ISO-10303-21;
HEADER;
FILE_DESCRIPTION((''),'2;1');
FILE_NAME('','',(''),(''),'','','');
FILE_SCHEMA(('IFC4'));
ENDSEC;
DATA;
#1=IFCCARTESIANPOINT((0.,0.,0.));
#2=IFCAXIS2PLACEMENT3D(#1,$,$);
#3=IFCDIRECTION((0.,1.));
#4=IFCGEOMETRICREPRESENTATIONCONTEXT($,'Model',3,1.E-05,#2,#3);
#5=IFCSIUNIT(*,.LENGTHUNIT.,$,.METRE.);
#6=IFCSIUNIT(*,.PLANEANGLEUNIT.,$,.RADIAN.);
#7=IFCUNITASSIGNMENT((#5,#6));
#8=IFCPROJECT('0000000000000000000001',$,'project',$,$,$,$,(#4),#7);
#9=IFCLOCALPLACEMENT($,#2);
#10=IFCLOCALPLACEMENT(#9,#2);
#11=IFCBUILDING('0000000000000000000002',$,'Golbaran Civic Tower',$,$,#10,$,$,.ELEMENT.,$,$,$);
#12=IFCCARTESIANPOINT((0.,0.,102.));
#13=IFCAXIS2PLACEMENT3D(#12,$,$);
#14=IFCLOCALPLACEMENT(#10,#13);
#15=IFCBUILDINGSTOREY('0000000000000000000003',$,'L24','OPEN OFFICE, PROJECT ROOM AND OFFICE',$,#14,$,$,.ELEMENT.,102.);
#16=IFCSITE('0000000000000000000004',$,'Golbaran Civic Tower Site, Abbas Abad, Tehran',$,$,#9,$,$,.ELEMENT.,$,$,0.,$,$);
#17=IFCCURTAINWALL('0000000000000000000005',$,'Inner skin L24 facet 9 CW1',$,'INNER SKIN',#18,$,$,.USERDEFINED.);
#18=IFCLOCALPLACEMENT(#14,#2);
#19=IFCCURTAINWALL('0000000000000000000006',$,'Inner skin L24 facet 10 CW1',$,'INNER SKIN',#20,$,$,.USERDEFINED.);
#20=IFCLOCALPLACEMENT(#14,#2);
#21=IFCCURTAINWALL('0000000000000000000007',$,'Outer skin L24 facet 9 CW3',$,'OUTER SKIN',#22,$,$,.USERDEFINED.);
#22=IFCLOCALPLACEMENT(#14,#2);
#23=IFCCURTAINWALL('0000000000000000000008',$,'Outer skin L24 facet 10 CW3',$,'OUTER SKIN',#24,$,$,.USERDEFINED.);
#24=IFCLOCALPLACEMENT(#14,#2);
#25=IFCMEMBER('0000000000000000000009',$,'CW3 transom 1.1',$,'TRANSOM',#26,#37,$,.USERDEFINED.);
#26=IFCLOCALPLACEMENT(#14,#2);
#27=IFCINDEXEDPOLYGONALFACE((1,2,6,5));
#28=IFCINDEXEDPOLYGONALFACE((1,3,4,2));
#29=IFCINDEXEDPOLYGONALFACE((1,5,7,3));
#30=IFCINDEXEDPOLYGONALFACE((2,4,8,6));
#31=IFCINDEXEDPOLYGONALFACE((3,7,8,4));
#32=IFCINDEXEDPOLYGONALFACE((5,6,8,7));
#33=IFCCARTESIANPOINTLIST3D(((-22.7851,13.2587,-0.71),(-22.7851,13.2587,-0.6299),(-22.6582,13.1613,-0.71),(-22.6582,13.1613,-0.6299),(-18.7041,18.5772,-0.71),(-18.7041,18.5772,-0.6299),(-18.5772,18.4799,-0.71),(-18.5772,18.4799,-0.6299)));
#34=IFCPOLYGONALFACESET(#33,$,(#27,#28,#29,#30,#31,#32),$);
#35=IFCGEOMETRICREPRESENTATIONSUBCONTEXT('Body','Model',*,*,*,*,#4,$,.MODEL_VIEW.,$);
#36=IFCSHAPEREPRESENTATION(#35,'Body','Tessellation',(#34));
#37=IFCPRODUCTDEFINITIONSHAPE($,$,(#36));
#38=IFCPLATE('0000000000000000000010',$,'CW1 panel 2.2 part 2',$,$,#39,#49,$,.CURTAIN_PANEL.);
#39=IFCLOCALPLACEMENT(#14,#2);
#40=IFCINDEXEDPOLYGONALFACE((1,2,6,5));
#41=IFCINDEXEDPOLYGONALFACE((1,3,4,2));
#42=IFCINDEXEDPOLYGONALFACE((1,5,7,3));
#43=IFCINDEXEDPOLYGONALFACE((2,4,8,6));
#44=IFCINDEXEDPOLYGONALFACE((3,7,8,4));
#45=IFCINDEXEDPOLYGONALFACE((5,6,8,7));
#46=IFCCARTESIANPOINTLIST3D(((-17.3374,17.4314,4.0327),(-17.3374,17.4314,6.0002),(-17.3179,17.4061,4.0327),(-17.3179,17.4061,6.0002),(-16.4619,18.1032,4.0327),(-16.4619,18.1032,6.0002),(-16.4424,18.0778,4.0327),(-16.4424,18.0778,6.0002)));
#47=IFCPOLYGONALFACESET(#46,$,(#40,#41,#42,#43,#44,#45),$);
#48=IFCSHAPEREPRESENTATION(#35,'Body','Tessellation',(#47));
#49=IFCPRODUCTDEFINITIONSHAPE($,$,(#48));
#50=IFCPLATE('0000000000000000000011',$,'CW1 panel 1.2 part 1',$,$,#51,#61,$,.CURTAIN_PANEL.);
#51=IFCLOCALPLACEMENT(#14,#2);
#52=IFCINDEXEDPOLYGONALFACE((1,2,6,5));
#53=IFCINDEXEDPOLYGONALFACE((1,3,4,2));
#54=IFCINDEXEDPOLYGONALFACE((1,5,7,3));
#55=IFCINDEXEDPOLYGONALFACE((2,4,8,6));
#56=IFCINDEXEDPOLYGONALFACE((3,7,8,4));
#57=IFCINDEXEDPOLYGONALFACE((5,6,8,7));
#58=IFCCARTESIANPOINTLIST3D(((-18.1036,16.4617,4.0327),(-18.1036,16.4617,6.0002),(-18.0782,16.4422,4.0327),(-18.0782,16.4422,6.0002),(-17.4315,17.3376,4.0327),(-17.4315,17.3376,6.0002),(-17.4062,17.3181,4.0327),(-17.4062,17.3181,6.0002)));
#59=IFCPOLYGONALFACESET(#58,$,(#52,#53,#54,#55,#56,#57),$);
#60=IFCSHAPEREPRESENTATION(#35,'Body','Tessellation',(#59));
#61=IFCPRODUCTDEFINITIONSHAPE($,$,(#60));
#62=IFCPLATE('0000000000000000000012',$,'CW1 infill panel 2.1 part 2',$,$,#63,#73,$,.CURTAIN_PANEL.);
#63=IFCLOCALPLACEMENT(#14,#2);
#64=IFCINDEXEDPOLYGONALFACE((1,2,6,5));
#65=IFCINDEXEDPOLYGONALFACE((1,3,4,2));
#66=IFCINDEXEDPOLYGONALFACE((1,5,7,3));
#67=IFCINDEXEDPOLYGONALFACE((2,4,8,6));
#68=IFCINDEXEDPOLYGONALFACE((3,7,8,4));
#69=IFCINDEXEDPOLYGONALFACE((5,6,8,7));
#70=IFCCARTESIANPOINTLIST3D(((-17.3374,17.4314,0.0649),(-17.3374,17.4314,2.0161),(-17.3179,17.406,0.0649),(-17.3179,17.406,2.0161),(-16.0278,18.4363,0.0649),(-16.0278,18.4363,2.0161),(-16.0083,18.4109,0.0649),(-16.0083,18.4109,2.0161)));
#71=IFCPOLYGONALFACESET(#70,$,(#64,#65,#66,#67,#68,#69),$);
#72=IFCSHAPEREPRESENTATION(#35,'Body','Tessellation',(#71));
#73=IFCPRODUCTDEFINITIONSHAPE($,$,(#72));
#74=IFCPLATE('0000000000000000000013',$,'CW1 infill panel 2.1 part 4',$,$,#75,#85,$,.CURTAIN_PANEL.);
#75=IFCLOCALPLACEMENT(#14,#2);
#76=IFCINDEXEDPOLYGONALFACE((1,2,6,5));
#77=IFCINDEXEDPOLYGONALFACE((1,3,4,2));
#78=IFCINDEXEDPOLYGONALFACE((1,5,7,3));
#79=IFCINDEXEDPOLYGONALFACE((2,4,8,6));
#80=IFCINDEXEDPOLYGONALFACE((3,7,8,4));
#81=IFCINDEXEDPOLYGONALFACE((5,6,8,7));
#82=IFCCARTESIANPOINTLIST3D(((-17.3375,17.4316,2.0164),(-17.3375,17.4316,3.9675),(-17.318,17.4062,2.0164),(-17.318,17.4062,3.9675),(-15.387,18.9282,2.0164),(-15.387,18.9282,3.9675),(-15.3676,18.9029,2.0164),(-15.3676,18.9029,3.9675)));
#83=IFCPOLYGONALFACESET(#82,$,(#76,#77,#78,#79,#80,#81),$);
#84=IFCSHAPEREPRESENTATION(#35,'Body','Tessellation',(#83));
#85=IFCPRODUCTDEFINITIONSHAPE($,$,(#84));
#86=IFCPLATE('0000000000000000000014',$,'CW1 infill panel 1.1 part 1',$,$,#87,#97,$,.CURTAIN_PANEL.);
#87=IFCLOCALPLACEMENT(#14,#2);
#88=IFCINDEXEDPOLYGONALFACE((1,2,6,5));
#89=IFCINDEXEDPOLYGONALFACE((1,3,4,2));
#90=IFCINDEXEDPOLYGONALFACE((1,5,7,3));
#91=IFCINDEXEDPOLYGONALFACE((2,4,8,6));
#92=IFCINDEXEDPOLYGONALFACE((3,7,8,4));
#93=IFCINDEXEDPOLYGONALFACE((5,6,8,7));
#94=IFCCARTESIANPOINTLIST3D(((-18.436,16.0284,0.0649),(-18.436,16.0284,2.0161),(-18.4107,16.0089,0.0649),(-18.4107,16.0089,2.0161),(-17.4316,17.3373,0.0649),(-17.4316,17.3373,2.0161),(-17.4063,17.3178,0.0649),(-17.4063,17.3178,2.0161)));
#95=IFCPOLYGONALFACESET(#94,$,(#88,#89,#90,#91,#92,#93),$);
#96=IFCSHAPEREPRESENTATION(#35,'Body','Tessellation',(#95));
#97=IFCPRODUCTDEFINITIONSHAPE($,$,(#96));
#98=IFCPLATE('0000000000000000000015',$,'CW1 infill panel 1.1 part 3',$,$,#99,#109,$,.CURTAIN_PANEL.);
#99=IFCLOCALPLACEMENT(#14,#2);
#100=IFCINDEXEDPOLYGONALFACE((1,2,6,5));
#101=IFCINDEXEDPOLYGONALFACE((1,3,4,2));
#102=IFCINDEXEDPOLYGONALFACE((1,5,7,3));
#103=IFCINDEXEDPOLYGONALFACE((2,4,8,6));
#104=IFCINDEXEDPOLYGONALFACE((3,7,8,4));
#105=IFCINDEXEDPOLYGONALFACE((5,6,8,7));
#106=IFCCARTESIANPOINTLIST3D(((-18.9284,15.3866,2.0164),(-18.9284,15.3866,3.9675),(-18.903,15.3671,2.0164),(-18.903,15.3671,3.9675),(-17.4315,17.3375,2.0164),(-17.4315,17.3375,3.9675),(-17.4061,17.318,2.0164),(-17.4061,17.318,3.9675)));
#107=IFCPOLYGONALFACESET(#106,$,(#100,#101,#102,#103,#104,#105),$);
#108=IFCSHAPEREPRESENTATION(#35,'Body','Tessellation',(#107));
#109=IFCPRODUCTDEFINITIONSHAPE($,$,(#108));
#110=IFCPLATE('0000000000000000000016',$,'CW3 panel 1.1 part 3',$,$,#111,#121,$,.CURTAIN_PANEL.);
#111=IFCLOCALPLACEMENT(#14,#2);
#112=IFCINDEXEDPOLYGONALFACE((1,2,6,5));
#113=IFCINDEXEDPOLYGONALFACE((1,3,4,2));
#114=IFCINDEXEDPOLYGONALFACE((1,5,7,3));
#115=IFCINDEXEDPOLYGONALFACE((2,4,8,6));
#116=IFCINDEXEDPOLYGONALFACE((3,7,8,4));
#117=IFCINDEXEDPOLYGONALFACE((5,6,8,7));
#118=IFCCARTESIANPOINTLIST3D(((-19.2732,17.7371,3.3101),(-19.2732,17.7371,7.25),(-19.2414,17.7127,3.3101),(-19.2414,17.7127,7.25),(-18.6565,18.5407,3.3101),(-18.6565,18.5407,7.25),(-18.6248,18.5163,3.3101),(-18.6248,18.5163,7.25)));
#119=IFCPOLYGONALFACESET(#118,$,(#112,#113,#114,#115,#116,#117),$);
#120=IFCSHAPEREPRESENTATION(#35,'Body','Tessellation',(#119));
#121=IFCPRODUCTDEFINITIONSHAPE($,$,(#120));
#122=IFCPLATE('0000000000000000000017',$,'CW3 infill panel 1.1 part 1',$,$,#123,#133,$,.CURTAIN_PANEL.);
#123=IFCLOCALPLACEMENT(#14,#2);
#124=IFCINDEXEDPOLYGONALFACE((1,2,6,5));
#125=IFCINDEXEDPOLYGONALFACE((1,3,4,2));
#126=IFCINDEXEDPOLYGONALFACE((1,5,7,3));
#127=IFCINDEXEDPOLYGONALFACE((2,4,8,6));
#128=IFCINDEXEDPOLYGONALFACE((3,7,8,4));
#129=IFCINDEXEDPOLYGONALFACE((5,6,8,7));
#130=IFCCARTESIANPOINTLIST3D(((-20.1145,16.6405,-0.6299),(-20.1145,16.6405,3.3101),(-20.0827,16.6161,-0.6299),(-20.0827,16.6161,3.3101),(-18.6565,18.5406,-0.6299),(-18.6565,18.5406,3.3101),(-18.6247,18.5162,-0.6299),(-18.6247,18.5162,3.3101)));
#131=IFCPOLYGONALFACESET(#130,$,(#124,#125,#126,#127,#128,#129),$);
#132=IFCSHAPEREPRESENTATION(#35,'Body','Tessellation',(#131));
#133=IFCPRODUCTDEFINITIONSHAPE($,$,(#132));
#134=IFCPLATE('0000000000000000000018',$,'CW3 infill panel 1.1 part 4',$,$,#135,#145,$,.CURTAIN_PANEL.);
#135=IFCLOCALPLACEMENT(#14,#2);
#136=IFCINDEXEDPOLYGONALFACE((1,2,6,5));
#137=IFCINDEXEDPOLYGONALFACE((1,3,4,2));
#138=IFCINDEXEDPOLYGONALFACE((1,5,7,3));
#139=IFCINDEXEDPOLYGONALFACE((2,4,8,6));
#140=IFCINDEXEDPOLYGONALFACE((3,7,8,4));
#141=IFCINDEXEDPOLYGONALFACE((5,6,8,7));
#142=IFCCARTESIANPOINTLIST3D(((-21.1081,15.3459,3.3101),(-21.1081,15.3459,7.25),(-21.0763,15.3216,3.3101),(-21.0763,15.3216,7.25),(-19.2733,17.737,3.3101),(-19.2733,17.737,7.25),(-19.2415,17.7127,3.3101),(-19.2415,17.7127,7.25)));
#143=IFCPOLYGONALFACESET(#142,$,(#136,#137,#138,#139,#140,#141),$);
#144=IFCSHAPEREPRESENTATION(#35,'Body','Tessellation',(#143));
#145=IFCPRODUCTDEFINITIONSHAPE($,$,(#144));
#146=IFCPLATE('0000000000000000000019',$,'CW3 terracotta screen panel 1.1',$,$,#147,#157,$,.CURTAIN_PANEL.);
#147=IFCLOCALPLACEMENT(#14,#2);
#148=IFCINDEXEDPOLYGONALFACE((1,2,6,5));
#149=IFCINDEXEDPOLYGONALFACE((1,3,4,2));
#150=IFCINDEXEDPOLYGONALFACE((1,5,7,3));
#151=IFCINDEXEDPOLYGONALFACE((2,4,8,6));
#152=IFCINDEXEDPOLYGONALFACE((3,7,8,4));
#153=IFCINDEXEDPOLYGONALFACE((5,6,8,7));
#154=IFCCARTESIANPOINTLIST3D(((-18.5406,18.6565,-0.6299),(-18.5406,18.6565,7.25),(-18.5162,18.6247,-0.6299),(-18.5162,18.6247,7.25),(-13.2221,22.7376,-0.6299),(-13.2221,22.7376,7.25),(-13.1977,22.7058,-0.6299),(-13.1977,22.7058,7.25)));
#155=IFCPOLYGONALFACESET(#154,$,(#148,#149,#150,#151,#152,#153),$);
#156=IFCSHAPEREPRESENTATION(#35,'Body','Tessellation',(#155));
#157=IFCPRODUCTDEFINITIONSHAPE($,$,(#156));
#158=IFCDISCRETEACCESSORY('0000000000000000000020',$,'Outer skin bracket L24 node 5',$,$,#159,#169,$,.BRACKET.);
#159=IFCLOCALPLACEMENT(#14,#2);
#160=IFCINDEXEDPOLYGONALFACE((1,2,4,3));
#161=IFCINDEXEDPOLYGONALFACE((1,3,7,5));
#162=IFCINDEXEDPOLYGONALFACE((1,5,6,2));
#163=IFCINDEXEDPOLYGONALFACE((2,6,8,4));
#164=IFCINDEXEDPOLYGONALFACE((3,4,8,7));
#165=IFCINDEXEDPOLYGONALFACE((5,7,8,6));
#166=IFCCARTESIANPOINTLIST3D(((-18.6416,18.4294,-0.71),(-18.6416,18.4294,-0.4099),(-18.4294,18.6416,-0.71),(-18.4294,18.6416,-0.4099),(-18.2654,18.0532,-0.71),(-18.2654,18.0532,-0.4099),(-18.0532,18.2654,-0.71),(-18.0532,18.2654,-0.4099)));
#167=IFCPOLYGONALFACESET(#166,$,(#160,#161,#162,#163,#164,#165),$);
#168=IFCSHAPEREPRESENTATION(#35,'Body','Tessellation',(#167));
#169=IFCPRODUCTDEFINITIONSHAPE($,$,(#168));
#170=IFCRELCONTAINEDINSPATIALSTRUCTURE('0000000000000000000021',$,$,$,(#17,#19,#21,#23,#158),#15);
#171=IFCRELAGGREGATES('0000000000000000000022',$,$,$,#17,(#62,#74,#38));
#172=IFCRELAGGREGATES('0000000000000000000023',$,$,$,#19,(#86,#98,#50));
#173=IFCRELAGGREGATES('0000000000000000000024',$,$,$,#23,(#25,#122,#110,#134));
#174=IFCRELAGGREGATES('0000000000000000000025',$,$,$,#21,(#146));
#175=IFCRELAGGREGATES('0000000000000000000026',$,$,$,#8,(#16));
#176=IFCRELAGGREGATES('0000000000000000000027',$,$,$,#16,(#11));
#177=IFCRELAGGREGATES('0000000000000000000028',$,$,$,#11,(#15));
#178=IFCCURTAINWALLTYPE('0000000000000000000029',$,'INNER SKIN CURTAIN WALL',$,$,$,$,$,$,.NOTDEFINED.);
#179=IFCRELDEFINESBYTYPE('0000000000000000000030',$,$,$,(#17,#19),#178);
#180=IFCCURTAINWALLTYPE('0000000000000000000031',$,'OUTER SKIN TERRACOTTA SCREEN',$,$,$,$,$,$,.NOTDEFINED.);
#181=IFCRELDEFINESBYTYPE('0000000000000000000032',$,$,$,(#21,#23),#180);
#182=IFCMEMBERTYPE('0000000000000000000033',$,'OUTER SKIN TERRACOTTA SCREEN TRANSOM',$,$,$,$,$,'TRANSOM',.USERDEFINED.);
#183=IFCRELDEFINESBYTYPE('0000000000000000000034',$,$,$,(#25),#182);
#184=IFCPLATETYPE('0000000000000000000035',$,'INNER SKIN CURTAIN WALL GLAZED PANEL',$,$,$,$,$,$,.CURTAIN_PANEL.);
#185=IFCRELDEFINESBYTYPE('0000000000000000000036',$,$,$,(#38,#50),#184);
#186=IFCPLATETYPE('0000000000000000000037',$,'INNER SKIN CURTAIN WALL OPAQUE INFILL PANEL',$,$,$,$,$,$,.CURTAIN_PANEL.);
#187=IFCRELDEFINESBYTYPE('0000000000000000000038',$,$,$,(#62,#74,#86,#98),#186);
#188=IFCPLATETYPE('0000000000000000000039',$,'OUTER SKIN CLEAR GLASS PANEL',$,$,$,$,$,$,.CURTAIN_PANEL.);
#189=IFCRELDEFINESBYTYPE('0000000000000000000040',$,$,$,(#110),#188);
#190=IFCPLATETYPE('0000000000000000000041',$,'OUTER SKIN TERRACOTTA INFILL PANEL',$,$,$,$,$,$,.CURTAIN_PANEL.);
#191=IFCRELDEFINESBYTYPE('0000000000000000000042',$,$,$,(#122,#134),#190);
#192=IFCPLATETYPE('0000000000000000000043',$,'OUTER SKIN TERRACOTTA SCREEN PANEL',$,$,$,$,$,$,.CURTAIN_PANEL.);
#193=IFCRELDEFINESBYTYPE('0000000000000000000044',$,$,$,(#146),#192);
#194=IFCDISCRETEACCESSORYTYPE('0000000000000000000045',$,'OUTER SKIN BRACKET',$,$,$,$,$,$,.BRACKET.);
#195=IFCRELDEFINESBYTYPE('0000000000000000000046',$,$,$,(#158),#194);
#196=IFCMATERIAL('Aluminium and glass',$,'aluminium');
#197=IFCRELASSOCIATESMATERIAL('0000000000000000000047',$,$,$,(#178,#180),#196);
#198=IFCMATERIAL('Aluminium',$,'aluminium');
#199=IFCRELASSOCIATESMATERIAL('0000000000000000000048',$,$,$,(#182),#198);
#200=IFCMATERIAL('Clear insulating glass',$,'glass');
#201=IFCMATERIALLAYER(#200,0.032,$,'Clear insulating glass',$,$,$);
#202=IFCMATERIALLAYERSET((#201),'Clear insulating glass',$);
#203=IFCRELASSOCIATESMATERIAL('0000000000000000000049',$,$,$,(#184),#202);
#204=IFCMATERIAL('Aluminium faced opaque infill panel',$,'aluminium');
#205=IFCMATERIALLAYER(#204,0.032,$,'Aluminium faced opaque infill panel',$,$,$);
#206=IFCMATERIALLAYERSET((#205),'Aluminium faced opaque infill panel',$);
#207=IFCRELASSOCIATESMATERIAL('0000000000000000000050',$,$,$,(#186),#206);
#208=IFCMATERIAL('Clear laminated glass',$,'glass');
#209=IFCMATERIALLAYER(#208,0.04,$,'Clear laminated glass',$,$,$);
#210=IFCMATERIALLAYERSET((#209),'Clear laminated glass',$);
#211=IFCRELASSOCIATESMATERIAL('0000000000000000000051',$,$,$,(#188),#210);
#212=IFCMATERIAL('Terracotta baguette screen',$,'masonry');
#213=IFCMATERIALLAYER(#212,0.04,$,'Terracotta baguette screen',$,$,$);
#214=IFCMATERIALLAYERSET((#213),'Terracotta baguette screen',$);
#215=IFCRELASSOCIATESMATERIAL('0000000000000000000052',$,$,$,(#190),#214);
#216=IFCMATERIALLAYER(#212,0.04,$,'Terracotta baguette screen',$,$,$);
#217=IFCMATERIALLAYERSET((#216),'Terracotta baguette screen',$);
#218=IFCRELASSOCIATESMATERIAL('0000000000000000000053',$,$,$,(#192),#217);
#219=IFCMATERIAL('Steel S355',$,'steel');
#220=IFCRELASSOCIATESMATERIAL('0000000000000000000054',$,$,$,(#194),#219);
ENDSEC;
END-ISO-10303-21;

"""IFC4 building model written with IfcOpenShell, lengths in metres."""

from ifc_helpers import new_model, si_unit, direction, frame, origin, origin_2d, place, context, subcontext, project, spatial, rectangle, extrude, material, layer, layer_set, material_profile, profile_set, type_object, element, aggregate, save


model = new_model("IFC4")

# Units and contexts
model_context = context("Model", 3, precision=1e-05, world=origin(), true_north=direction((0.0, 1.0)))
body_context = subcontext(model_context, "Body", "Model", "MODEL_VIEW")
ifc_project = project(units=[si_unit("LENGTHUNIT", "METRE"), si_unit("PLANEANGLEUNIT", "RADIAN")], contexts=[model_context])

# Site, building, storey
site_placement = place(None, origin())
site = spatial("IfcSite", under=ifc_project, at=site_placement, Name="Golbaran Civic Tower Site, Abbas Abad, Tehran", CompositionType="ELEMENT", RefElevation=0.0)
building_placement = place(site_placement, origin())
building = spatial("IfcBuilding", under=site, at=building_placement, Name="Golbaran Civic Tower", CompositionType="ELEMENT")
storey_placement = place(building_placement, frame((0.0, 0.0, 102.0)))
storey = spatial("IfcBuildingStorey", under=building, at=storey_placement, Name="L24", Description="OPEN OFFICE, PROJECT ROOM AND OFFICE", CompositionType="ELEMENT", Elevation=102.0)

# Shared definitions
ifc_material_1 = material(Name="Steel S355", Category="steel")

# Curtain wall
ifc_material_2 = material(Name="Aluminium and glass", Category="aluminium")
curtain_wall_type_1 = type_object("IfcCurtainWallType", Name="INNER SKIN CURTAIN WALL", PredefinedType="NOTDEFINED", material=ifc_material_2)
curtain_wall_1_placement = place(storey_placement, origin())
curtain_wall_1 = element("IfcCurtainWall", 1, at=curtain_wall_1_placement, inside=storey, type_object=curtain_wall_type_1, Name="Inner skin L24 facet 9 CW1", ObjectType="INNER SKIN", PredefinedType="USERDEFINED")
ifc_material_3 = material(Name="Aluminium", Category="aluminium")

# Curtain wall
curtain_wall_2_placement = place(storey_placement, origin())
curtain_wall_2 = element("IfcCurtainWall", 2, at=curtain_wall_2_placement, inside=storey, type_object=curtain_wall_type_1, Name="Inner skin L24 facet 10 CW1", ObjectType="INNER SKIN", PredefinedType="USERDEFINED")

# Curtain wall
curtain_wall_type_2 = type_object("IfcCurtainWallType", Name="OUTER SKIN TERRACOTTA SCREEN", PredefinedType="NOTDEFINED", material=ifc_material_2)
curtain_wall_3_placement = place(storey_placement, origin())
curtain_wall_3 = element("IfcCurtainWall", 3, at=curtain_wall_3_placement, inside=storey, type_object=curtain_wall_type_2, Name="Outer skin L24 facet 9 CW3", ObjectType="OUTER SKIN", PredefinedType="USERDEFINED")

# Curtain wall, member
curtain_wall_4_placement = place(storey_placement, origin())
curtain_wall_4 = element("IfcCurtainWall", 4, at=curtain_wall_4_placement, inside=storey, type_object=curtain_wall_type_2, Name="Outer skin L24 facet 10 CW3", ObjectType="OUTER SKIN", PredefinedType="USERDEFINED")
ifc_material_profile_1 = material_profile(ifc_material_3, rectangle(XDim=0.1599, YDim=0.0801, at=origin_2d()), Name="OUTER SKIN TERRACOTTA SCREEN TRANSOM")
ifc_profile_set_1 = profile_set([ifc_material_profile_1], Name="Aluminium")
member_type_1 = type_object("IfcMemberType", Name="OUTER SKIN TERRACOTTA SCREEN TRANSOM", ElementType="TRANSOM", PredefinedType="USERDEFINED", material=ifc_profile_set_1)
member_1_placement = place(storey_placement, frame((-18.6406, 18.5286, -0.6699), z_axis=(-0.608756, -0.793357, 0.0), x_axis=(0.793357, -0.608756, 0.0)))
member_1 = element("IfcMember", 5, at=member_1_placement, type_object=member_type_1, Name="CW3 transom 1.1", ObjectType="TRANSOM", PredefinedType="USERDEFINED", context=body_context, shape_type="SweptSolid", body=[
    extrude(rectangle(XDim=0.1599, YDim=0.0801, at=origin_2d()), origin(), (0.0, 0.0, 1.0), 6.7039),
])

# Plates
ifc_material_4 = material(Name="Clear insulating glass", Category="glass")
ifc_layer_1 = layer(ifc_material_4, 0.032, Name="Clear insulating glass")
ifc_layer_set_1 = layer_set([ifc_layer_1], Name="Clear insulating glass")
plate_type_1 = type_object("IfcPlateType", Name="INNER SKIN CURTAIN WALL GLAZED PANEL", PredefinedType="CURTAIN_PANEL", material=ifc_layer_set_1)
plate_1_placement = place(storey_placement, frame((-16.8899, 17.7546, 4.0327), z_axis=(0.0, 0.0, 1.0), x_axis=(-0.793353, -0.608761, 0.0)))
plate_1 = element("IfcPlate", 6, at=plate_1_placement, type_object=plate_type_1, Name="CW1 panel 2.2 part 2", PredefinedType="CURTAIN_PANEL", context=body_context, shape_type="SweptSolid", body=[
    extrude(rectangle(XDim=1.1035, YDim=0.032, at=origin_2d()), origin(), (0.0, 0.0, 1.0), 1.9675),
])
plate_2_placement = place(storey_placement, frame((-17.7549, 16.8899, 4.0327), z_axis=(0.0, 0.0, 1.0), x_axis=(-0.608761, -0.793353, 0.0)))
plate_2 = element("IfcPlate", 7, at=plate_2_placement, type_object=plate_type_1, Name="CW1 panel 1.2 part 1", PredefinedType="CURTAIN_PANEL", context=body_context, shape_type="SweptSolid", body=[
    extrude(rectangle(XDim=1.104, YDim=0.032, at=origin_2d()), origin(), (0.0, 0.0, 1.0), 1.9675),
])
ifc_material_5 = material(Name="Aluminium faced opaque infill panel", Category="aluminium")
ifc_layer_2 = layer(ifc_material_5, 0.032, Name="Aluminium faced opaque infill panel")
ifc_layer_set_2 = layer_set([ifc_layer_2], Name="Aluminium faced opaque infill panel")
plate_type_2 = type_object("IfcPlateType", Name="INNER SKIN CURTAIN WALL OPAQUE INFILL PANEL", PredefinedType="CURTAIN_PANEL", material=ifc_layer_set_2)
plate_3_placement = place(storey_placement, frame((-16.6729, 17.9211, 0.0649), z_axis=(0.0, 0.0, 1.0), x_axis=(-0.793353, -0.608761, 0.0)))
plate_3 = element("IfcPlate", 8, at=plate_3_placement, type_object=plate_type_2, Name="CW1 infill panel 2.1 part 2", PredefinedType="CURTAIN_PANEL", context=body_context, shape_type="SweptSolid", body=[
    extrude(rectangle(XDim=1.6506, YDim=0.032, at=origin_2d()), origin(), (0.0, 0.0, 1.0), 1.9512),
])
plate_4_placement = place(storey_placement, frame((-16.3525, 18.1672, 2.0164), z_axis=(0.0, 0.0, 1.0), x_axis=(-0.793353, -0.608761, 0.0)))
plate_4 = element("IfcPlate", 9, at=plate_4_placement, type_object=plate_type_2, Name="CW1 infill panel 2.1 part 4", PredefinedType="CURTAIN_PANEL", context=body_context, shape_type="SweptSolid", body=[
    extrude(rectangle(XDim=2.4585, YDim=0.032, at=origin_2d()), origin(), (0.0, 0.0, 1.0), 1.9512),
])
aggregate(curtain_wall_1, [plate_3, plate_4, plate_1])
plate_5_placement = place(storey_placement, frame((-17.9211, 16.6731, 0.0649), z_axis=(0.0, 0.0, 1.0), x_axis=(-0.608761, -0.793353, 0.0)))
plate_5 = element("IfcPlate", 10, at=plate_5_placement, type_object=plate_type_2, Name="CW1 infill panel 1.1 part 1", PredefinedType="CURTAIN_PANEL", context=body_context, shape_type="SweptSolid", body=[
    extrude(rectangle(XDim=1.6499, YDim=0.032, at=origin_2d()), origin(), (0.0, 0.0, 1.0), 1.9512),
])
plate_6_placement = place(storey_placement, frame((-18.1672, 16.3523, 2.0164), z_axis=(0.0, 0.0, 1.0), x_axis=(-0.608761, -0.793353, 0.0)))
plate_6 = element("IfcPlate", 11, at=plate_6_placement, type_object=plate_type_2, Name="CW1 infill panel 1.1 part 3", PredefinedType="CURTAIN_PANEL", context=body_context, shape_type="SweptSolid", body=[
    extrude(rectangle(XDim=2.459, YDim=0.032, at=origin_2d()), origin(), (0.0, 0.0, 1.0), 1.9512),
])
aggregate(curtain_wall_2, [plate_5, plate_6, plate_2])
ifc_material_6 = material(Name="Clear laminated glass", Category="glass")
ifc_layer_3 = layer(ifc_material_6, 0.04, Name="Clear laminated glass")
ifc_layer_set_3 = layer_set([ifc_layer_3], Name="Clear laminated glass")
plate_type_3 = type_object("IfcPlateType", Name="OUTER SKIN CLEAR GLASS PANEL", PredefinedType="CURTAIN_PANEL", material=ifc_layer_set_3)
plate_7_placement = place(storey_placement, frame((-18.949, 18.1267, 3.3101), z_axis=(0.0, 0.0, 1.0), x_axis=(-0.608761, -0.793353, 0.0)))
plate_7 = element("IfcPlate", 12, at=plate_7_placement, type_object=plate_type_3, Name="CW3 panel 1.1 part 3", PredefinedType="CURTAIN_PANEL", context=body_context, shape_type="SweptSolid", body=[
    extrude(rectangle(XDim=1.0129, YDim=0.04, at=origin_2d()), origin(), (0.0, 0.0, 1.0), 3.9399),
])
ifc_material_7 = material(Name="Terracotta baguette screen", Category="masonry")
ifc_layer_4 = layer(ifc_material_7, 0.04, Name="Terracotta baguette screen")
ifc_layer_set_4 = layer_set([ifc_layer_4], Name="Terracotta baguette screen")
plate_type_4 = type_object("IfcPlateType", Name="OUTER SKIN TERRACOTTA INFILL PANEL", PredefinedType="CURTAIN_PANEL", material=ifc_layer_set_4)
plate_8_placement = place(storey_placement, frame((-19.3696, 17.5784, -0.6299), z_axis=(0.0, 0.0, 1.0), x_axis=(-0.608761, -0.793353, 0.0)))
plate_8 = element("IfcPlate", 13, at=plate_8_placement, type_object=plate_type_4, Name="CW3 infill panel 1.1 part 1", PredefinedType="CURTAIN_PANEL", context=body_context, shape_type="SweptSolid", body=[
    extrude(rectangle(XDim=2.395, YDim=0.04, at=origin_2d()), origin(), (0.0, 0.0, 1.0), 3.9399),
])
plate_9_placement = place(storey_placement, frame((-20.1748, 16.5293, 3.3101), z_axis=(0.0, 0.0, 1.0), x_axis=(-0.608761, -0.793353, 0.0)))
plate_9 = element("IfcPlate", 14, at=plate_9_placement, type_object=plate_type_4, Name="CW3 infill panel 1.1 part 4", PredefinedType="CURTAIN_PANEL", context=body_context, shape_type="SweptSolid", body=[
    extrude(rectangle(XDim=3.0139, YDim=0.04, at=origin_2d()), origin(), (0.0, 0.0, 1.0), 3.9399),
])
aggregate(curtain_wall_4, [member_1, plate_8, plate_7, plate_9])
ifc_layer_5 = layer(ifc_material_7, 0.04, Name="Terracotta baguette screen")
ifc_layer_set_5 = layer_set([ifc_layer_5], Name="Terracotta baguette screen")
plate_type_5 = type_object("IfcPlateType", Name="OUTER SKIN TERRACOTTA SCREEN PANEL", PredefinedType="CURTAIN_PANEL", material=ifc_layer_set_5)
plate_10_placement = place(storey_placement, frame((-15.8691, 20.6812, -0.6299), z_axis=(0.0, 0.0, 1.0), x_axis=(-0.793353, -0.608761, 0.0)))
plate_10 = element("IfcPlate", 15, at=plate_10_placement, type_object=plate_type_5, Name="CW3 terracotta screen panel 1.1", PredefinedType="CURTAIN_PANEL", context=body_context, shape_type="SweptSolid", body=[
    extrude(rectangle(XDim=6.7039, YDim=0.04, at=origin_2d()), origin(), (0.0, 0.0, 1.0), 7.8799),
])
aggregate(curtain_wall_3, [plate_10])

# Discrete accessory
discrete_accessory_type = type_object("IfcDiscreteAccessoryType", Name="OUTER SKIN BRACKET", PredefinedType="BRACKET", material=ifc_material_1)
discrete_accessory_placement = place(storey_placement, frame((-18.3474, 18.3474, -0.71), z_axis=(0.0, 0.0, 1.0), x_axis=(-0.707107, 0.707107, 0.0)))
element("IfcDiscreteAccessory", 16, at=discrete_accessory_placement, inside=storey, type_object=discrete_accessory_type, Name="Outer skin bracket L24 node 5", PredefinedType="BRACKET", context=body_context, shape_type="SweptSolid", body=[
    extrude(rectangle(XDim=0.532, YDim=0.3, at=origin_2d()), origin(), (0.0, 0.0, 1.0), 0.3),
])

save(model, "model.ifc")
